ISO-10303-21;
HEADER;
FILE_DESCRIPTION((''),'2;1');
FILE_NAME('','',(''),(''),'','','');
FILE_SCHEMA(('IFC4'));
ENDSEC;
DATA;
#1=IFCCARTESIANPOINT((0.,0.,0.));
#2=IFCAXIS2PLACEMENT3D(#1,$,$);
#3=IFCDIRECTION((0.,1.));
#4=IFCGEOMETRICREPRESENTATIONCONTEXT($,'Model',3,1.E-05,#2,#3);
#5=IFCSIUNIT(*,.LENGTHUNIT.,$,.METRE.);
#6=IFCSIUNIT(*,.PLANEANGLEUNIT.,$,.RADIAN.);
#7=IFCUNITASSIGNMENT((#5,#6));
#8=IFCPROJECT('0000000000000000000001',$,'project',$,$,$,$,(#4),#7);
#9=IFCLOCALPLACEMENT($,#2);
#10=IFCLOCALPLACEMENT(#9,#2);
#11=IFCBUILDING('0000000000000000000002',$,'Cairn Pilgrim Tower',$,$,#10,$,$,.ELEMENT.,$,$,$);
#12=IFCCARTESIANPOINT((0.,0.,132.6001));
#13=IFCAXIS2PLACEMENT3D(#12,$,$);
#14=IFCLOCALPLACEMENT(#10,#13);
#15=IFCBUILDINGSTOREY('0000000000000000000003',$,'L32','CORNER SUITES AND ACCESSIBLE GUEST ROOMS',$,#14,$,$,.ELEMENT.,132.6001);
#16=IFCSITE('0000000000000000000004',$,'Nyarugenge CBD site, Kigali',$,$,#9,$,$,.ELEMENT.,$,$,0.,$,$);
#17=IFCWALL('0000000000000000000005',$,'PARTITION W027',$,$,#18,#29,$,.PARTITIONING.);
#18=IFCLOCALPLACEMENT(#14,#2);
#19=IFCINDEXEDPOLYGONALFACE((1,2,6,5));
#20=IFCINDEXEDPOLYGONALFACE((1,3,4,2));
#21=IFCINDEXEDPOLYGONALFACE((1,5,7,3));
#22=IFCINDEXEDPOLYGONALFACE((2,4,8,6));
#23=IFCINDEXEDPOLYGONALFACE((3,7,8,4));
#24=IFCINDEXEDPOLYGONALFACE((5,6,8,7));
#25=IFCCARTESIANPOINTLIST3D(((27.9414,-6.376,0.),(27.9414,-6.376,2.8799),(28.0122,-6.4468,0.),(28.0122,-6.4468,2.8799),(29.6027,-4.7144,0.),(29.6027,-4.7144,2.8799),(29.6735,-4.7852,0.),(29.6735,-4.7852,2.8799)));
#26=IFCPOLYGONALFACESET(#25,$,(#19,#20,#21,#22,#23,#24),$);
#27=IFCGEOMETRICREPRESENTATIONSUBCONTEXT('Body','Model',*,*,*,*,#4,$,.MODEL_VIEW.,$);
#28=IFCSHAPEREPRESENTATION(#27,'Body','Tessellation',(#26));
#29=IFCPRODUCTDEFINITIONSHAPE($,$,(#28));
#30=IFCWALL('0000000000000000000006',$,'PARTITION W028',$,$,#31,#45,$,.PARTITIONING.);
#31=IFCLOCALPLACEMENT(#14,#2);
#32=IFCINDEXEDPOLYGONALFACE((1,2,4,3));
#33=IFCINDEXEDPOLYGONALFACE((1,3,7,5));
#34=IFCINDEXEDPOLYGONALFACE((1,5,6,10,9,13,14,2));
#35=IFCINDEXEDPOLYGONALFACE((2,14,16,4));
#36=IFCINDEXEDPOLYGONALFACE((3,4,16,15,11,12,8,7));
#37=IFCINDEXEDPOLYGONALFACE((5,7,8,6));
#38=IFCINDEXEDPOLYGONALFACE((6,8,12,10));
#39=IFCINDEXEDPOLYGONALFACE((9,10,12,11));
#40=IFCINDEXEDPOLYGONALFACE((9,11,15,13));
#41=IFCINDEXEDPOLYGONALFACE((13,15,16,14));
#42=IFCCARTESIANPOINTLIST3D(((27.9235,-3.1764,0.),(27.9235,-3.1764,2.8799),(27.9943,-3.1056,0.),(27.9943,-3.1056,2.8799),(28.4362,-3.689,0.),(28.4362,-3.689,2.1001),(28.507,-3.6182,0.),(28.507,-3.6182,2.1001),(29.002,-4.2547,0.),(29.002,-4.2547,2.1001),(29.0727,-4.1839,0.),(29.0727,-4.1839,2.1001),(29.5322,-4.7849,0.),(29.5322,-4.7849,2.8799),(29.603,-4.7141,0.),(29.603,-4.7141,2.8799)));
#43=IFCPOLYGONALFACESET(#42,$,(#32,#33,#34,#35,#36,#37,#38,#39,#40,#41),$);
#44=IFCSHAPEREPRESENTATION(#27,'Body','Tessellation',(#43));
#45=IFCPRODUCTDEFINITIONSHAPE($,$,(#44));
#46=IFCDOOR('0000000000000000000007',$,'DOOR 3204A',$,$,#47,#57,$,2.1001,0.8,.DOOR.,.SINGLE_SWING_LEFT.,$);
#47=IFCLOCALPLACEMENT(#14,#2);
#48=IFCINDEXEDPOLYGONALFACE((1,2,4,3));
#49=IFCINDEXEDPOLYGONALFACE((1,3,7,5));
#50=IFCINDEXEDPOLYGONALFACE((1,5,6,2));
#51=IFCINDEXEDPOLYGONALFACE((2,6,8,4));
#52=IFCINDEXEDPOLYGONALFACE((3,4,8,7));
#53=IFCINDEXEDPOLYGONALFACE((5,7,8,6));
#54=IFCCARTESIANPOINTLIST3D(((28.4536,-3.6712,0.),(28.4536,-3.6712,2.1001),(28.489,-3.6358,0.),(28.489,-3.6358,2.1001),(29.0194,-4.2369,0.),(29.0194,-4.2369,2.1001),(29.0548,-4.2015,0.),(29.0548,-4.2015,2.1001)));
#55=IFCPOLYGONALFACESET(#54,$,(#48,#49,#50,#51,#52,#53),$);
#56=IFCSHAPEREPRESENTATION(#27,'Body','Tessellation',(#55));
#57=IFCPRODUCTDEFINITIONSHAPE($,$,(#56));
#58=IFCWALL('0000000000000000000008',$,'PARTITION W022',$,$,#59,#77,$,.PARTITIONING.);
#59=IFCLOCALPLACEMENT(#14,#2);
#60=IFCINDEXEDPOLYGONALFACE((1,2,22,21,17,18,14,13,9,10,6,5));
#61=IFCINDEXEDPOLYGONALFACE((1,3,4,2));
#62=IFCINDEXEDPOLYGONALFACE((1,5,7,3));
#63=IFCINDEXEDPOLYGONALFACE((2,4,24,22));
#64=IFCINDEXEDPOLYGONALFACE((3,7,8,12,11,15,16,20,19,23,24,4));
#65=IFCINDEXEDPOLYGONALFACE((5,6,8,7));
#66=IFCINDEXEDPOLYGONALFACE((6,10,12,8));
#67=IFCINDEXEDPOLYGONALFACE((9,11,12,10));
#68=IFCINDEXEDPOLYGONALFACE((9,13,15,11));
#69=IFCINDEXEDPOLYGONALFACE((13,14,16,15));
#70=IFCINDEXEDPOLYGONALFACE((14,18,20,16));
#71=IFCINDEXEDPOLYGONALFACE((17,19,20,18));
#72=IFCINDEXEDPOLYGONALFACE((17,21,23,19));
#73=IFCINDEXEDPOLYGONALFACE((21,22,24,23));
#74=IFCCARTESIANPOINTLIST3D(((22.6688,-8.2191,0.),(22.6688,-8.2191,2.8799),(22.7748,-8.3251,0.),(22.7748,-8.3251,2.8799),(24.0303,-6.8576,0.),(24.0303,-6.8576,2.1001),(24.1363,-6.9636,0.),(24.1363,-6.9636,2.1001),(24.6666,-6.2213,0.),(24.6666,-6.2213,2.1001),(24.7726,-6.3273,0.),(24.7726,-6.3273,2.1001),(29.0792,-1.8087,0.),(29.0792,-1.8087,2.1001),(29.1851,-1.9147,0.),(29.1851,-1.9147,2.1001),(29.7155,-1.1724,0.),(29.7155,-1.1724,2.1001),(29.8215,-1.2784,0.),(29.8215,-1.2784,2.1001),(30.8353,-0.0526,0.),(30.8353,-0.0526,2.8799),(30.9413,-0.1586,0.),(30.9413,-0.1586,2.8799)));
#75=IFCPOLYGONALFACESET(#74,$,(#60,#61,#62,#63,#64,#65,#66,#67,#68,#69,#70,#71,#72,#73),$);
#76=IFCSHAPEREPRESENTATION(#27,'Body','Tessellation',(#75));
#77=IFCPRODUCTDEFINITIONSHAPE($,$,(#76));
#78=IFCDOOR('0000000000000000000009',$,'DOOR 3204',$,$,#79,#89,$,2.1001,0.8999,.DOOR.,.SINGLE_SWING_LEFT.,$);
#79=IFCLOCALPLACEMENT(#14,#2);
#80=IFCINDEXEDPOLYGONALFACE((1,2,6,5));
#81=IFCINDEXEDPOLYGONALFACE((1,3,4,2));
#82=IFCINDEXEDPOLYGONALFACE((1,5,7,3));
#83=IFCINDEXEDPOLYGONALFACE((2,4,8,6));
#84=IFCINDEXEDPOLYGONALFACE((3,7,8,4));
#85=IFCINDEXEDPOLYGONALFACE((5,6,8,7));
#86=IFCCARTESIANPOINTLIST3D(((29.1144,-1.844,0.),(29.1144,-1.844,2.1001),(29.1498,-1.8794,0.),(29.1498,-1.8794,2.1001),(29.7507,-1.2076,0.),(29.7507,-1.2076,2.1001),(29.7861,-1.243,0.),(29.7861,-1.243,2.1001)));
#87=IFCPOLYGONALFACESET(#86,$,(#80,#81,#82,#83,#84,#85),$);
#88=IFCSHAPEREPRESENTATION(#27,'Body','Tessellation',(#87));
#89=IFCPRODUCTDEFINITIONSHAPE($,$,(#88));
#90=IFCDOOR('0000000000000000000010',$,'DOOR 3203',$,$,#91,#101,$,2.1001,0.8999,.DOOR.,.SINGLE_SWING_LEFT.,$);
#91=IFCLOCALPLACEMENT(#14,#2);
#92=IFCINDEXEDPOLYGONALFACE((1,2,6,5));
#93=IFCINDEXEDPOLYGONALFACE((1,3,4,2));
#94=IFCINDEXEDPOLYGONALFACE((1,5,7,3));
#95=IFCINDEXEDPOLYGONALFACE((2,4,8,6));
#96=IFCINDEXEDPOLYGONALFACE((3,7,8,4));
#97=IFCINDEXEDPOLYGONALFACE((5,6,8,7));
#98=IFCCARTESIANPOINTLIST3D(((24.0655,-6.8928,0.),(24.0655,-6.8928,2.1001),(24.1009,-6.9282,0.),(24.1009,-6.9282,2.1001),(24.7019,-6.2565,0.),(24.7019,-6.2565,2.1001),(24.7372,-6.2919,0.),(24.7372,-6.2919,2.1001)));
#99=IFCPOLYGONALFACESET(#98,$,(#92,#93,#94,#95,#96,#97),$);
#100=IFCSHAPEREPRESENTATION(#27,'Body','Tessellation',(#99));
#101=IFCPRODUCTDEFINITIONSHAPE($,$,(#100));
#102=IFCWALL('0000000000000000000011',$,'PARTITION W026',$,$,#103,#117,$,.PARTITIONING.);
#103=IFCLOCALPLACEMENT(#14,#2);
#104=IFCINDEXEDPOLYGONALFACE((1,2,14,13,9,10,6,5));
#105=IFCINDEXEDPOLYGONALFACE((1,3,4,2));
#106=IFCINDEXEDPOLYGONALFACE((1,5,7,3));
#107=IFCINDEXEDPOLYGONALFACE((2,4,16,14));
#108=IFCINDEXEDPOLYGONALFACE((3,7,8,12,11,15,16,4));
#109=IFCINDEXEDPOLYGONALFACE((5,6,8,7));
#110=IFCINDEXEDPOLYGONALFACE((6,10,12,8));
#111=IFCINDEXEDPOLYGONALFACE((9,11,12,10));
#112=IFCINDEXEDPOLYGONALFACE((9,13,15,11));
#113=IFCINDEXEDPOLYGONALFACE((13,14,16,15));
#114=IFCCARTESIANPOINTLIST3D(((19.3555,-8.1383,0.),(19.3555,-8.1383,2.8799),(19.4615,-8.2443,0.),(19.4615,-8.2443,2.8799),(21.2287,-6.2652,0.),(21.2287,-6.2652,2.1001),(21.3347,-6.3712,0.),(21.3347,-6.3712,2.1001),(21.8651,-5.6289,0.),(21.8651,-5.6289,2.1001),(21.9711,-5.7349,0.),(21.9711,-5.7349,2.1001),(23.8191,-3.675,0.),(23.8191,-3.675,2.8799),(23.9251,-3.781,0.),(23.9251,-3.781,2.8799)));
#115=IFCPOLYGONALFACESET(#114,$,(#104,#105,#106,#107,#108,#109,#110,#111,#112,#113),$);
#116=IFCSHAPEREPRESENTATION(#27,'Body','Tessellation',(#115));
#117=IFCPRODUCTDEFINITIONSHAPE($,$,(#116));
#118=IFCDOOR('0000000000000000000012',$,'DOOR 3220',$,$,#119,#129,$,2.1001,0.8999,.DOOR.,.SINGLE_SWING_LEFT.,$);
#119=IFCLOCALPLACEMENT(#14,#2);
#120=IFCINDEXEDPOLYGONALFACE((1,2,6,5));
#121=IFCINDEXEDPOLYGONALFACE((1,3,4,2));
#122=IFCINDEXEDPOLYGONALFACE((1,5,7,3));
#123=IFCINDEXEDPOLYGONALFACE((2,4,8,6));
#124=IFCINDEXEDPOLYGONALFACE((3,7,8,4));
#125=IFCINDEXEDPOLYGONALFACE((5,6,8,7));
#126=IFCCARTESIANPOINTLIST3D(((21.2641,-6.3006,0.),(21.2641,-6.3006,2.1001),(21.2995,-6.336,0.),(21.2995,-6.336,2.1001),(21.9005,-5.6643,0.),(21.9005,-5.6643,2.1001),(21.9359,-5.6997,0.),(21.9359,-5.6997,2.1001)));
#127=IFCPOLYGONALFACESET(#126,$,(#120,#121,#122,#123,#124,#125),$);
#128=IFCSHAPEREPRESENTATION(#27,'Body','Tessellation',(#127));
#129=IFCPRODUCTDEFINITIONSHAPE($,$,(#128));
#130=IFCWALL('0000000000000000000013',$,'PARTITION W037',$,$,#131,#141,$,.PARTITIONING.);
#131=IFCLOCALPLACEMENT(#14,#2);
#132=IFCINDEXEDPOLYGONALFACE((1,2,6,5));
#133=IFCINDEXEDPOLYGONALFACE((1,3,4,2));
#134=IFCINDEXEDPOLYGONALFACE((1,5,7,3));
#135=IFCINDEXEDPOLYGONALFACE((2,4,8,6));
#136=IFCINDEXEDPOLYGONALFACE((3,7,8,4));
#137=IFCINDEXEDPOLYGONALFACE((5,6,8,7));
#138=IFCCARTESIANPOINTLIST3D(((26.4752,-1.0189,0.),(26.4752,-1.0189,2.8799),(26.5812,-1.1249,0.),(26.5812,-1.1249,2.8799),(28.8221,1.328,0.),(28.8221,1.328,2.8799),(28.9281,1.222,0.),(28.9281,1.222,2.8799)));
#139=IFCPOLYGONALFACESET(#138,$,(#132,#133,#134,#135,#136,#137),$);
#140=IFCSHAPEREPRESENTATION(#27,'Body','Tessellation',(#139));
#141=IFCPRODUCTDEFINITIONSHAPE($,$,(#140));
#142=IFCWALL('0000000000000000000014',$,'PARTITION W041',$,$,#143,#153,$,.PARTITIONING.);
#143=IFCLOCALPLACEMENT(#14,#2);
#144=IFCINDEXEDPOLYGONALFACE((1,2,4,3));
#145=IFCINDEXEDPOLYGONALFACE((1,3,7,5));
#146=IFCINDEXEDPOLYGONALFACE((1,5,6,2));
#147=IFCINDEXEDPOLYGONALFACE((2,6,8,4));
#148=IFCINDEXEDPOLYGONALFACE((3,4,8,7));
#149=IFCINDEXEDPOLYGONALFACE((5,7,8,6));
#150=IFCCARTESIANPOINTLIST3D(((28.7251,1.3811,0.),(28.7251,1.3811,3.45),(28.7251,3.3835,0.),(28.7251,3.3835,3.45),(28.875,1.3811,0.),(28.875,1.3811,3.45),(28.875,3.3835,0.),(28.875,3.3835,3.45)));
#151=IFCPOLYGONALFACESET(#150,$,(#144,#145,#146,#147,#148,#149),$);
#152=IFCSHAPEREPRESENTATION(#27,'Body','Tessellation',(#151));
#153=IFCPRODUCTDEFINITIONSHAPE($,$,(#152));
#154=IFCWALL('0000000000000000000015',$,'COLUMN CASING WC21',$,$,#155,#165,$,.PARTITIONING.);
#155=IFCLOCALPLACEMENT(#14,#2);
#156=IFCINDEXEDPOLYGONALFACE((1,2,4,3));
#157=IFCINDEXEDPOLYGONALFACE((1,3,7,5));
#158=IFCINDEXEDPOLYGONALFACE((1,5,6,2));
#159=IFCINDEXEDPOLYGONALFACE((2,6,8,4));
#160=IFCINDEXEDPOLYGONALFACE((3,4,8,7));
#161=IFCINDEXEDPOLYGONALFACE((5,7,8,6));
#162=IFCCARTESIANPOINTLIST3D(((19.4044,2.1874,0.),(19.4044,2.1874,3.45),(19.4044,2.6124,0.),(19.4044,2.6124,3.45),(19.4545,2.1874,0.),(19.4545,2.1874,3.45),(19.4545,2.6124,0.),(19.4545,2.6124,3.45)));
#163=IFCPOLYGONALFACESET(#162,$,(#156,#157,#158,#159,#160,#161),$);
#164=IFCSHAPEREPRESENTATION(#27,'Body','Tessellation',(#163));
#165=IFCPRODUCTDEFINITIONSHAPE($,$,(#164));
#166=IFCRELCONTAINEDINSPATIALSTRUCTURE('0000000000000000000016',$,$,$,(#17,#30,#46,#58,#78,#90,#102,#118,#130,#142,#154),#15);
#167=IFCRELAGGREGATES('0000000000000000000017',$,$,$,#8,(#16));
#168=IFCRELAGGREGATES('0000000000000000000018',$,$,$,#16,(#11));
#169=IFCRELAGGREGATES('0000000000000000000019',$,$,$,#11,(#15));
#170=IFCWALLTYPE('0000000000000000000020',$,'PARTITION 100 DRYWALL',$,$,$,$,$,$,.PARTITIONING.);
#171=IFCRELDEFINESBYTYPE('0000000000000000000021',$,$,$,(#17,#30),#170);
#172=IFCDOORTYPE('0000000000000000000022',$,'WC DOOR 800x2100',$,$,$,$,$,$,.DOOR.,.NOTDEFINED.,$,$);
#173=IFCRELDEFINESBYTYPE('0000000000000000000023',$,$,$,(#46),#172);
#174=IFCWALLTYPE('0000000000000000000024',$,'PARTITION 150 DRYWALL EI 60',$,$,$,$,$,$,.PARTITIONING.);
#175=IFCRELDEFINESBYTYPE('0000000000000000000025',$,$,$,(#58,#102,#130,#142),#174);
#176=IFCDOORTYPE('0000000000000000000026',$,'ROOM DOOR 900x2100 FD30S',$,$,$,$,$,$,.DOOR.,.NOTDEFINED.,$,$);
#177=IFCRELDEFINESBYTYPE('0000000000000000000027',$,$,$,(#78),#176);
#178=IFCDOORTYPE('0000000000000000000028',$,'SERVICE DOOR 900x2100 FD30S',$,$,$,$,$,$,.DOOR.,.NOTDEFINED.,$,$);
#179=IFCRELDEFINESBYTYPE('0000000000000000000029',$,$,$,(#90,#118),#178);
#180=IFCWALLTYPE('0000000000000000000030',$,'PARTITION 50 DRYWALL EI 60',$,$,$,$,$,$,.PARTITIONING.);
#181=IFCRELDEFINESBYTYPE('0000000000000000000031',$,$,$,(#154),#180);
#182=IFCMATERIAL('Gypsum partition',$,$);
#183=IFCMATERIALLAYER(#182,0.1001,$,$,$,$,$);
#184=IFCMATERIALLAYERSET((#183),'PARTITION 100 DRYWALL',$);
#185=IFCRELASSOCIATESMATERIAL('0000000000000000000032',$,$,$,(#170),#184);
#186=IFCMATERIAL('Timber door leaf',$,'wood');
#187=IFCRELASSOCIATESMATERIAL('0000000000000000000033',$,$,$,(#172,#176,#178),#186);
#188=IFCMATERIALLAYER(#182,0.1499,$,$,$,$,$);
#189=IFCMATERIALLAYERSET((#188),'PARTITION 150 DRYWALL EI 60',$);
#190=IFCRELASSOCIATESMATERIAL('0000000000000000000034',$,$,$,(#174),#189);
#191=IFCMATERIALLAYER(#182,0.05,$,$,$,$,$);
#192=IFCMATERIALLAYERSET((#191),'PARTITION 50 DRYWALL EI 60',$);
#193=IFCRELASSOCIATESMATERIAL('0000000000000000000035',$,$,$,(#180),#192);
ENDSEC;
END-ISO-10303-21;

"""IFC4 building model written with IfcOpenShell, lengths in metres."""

from ifc_helpers import new_model, si_unit, direction, frame, frame_2d, origin, place, context, subcontext, project, spatial, rectangle, extrude, material, layer, layer_set, type_object, element, fill, save


model = new_model("IFC4")

# Units and contexts
model_context = context("Model", 3, precision=1e-05, world=origin(), true_north=direction((0.0, 1.0)))
body_context = subcontext(model_context, "Body", "Model", "MODEL_VIEW")
ifc_project = project(units=[si_unit("LENGTHUNIT", "METRE"), si_unit("PLANEANGLEUNIT", "RADIAN")], contexts=[model_context])

# Site, building, storey
site_placement = place(None, origin())
site = spatial("IfcSite", under=ifc_project, at=site_placement, Name="Nyarugenge CBD site, Kigali", CompositionType="ELEMENT", RefElevation=0.0)
building_placement = place(site_placement, origin())
building = spatial("IfcBuilding", under=site, at=building_placement, Name="Cairn Pilgrim Tower", CompositionType="ELEMENT")
storey_placement = place(building_placement, frame((0.0, 0.0, 132.6001)))
storey = spatial("IfcBuildingStorey", under=building, at=storey_placement, Name="L32", Description="CORNER SUITES AND ACCESSIBLE GUEST ROOMS", CompositionType="ELEMENT", Elevation=132.6001)

# Wall
ifc_material_1 = material(Name="Gypsum partition")
ifc_layer_1 = layer(ifc_material_1, 0.1001)
ifc_layer_set_1 = layer_set([ifc_layer_1], Name="PARTITION 100 DRYWALL")
wall_type_1 = type_object("IfcWallType", Name="PARTITION 100 DRYWALL", PredefinedType="PARTITIONING", material=ifc_layer_set_1)
wall_1_placement = place(storey_placement, frame((27.9768, -6.4114, 0.0), z_axis=(0.0, 0.0, 1.0), x_axis=(0.707055, 0.707159, 0.0)))
element("IfcWall", 1, at=wall_1_placement, inside=storey, type_object=wall_type_1, Name="PARTITION W027", PredefinedType="PARTITIONING", context=body_context, shape_type="SweptSolid", body=[
    extrude(rectangle(XDim=2.3496, YDim=0.1001, at=frame_2d((1.1748, 0.0))), origin(), (0.0, 0.0, 1.0), 2.8799),
])

# Wall, opening, door
wall_2_placement = place(storey_placement, frame((29.5676, -4.7495, 0.0), z_axis=(0.0, 0.0, 1.0), x_axis=(-0.70716, 0.707053, 0.0)))
wall_2 = element("IfcWall", 2, at=wall_2_placement, inside=storey, type_object=wall_type_1, Name="PARTITION W028", PredefinedType="PARTITIONING", context=body_context, shape_type="SweptSolid", body=[
    extrude(rectangle(XDim=2.2749, YDim=0.1001, at=frame_2d((1.1375, 0.0))), origin(), (0.0, 0.0, 1.0), 2.8799),
])
opening_1_placement = place(wall_2_placement, frame((0.75, 0.0, 0.0)))
opening_1 = element("IfcOpeningElement", 3, at=opening_1_placement, cuts=wall_2, PredefinedType="OPENING", context=body_context, shape_type="SweptSolid", body=[
    extrude(rectangle(XDim=0.8, YDim=2.1001, at=frame_2d((0.3999, 1.05))), frame((0.0, 0.0601, 0.0), z_axis=(0.0, -1.0, 0.0), x_axis=(1.0, 0.0, 0.0)), (0.0, 0.0, 1.0), 0.1201),
])
ifc_material_2 = material(Name="Timber door leaf", Category="wood")
door_type_1 = type_object("IfcDoorType", Name="WC DOOR 800x2100", OperationType="NOTDEFINED", PredefinedType="DOOR", material=ifc_material_2)
door_1_placement = place(opening_1_placement, frame((0.8, 0.0, 0.0), z_axis=(0.0, 0.0, 1.0), x_axis=(-1.0, 0.0, 0.0)))
door_1 = element("IfcDoor", 4, at=door_1_placement, inside=storey, type_object=door_type_1, Name="DOOR 3204A", OperationType="SINGLE_SWING_LEFT", OverallHeight=2.1001, OverallWidth=0.8, PredefinedType="DOOR", context=body_context, shape_type="SweptSolid", body=[
    extrude(rectangle(XDim=0.8, YDim=2.1001, at=frame_2d((0.3999, 1.05))), frame((0.0, 0.0249, 0.0), z_axis=(0.0, -1.0, 0.0), x_axis=(1.0, 0.0, 0.0)), (0.0, 0.0, 1.0), 0.05),
])
fill(opening_1, door_1)

# Wall, openings, doors
ifc_layer_2 = layer(ifc_material_1, 0.1499)
ifc_layer_set_2 = layer_set([ifc_layer_2], Name="PARTITION 150 DRYWALL EI 60")
wall_type_2 = type_object("IfcWallType", Name="PARTITION 150 DRYWALL EI 60", PredefinedType="PARTITIONING", material=ifc_layer_set_2)
wall_3_placement = place(storey_placement, frame((22.7219, -8.272, 0.0), z_axis=(0.0, 0.0, 1.0), x_axis=(0.707107, 0.707107, 0.0)))
wall_3 = element("IfcWall", 5, at=wall_3_placement, inside=storey, type_object=wall_type_2, Name="PARTITION W022", PredefinedType="PARTITIONING", context=body_context, shape_type="SweptSolid", body=[
    extrude(rectangle(XDim=11.5491, YDim=0.1499, at=frame_2d((5.7744, 0.0))), origin(), (0.0, 0.0, 1.0), 2.8799),
])
opening_2_placement = place(wall_3_placement, frame((1.9253, 0.0, 0.0)))
opening_2 = element("IfcOpeningElement", 6, at=opening_2_placement, cuts=wall_3, PredefinedType="OPENING", context=body_context, shape_type="SweptSolid", body=[
    extrude(rectangle(XDim=0.8999, YDim=2.1001, at=frame_2d((0.45, 1.05))), frame((0.0, 0.085, 0.0), z_axis=(0.0, -1.0, 0.0), x_axis=(1.0, 0.0, 0.0)), (0.0, 0.0, 1.0), 0.1699),
])
opening_3_placement = place(wall_3_placement, frame((9.0654, 0.0, 0.0)))
opening_3 = element("IfcOpeningElement", 7, at=opening_3_placement, cuts=wall_3, PredefinedType="OPENING", context=body_context, shape_type="SweptSolid", body=[
    extrude(rectangle(XDim=0.8999, YDim=2.1001, at=frame_2d((0.45, 1.05))), frame((0.0, 0.085, 0.0), z_axis=(0.0, -1.0, 0.0), x_axis=(1.0, 0.0, 0.0)), (0.0, 0.0, 1.0), 0.1699),
])
door_type_2 = type_object("IfcDoorType", Name="ROOM DOOR 900x2100 FD30S", OperationType="NOTDEFINED", PredefinedType="DOOR", material=ifc_material_2)
door_2_placement = place(opening_3_placement, frame((0.8999, 0.0, 0.0), z_axis=(0.0, 0.0, 1.0), x_axis=(-1.0, 0.0, 0.0)))
door_2 = element("IfcDoor", 8, at=door_2_placement, inside=storey, type_object=door_type_2, Name="DOOR 3204", OperationType="SINGLE_SWING_LEFT", OverallHeight=2.1001, OverallWidth=0.8999, PredefinedType="DOOR", context=body_context, shape_type="SweptSolid", body=[
    extrude(rectangle(XDim=0.8999, YDim=2.1001, at=frame_2d((0.45, 1.05))), frame((0.0, 0.0249, 0.0), z_axis=(0.0, -1.0, 0.0), x_axis=(1.0, 0.0, 0.0)), (0.0, 0.0, 1.0), 0.05),
])
fill(opening_3, door_2)
door_type_3 = type_object("IfcDoorType", Name="SERVICE DOOR 900x2100 FD30S", OperationType="NOTDEFINED", PredefinedType="DOOR", material=ifc_material_2)
door_3_placement = place(opening_2_placement, frame((0.8999, 0.0, 0.0), z_axis=(0.0, 0.0, 1.0), x_axis=(-1.0, 0.0, 0.0)))
door_3 = element("IfcDoor", 9, at=door_3_placement, inside=storey, type_object=door_type_3, Name="DOOR 3203", OperationType="SINGLE_SWING_LEFT", OverallHeight=2.1001, OverallWidth=0.8999, PredefinedType="DOOR", context=body_context, shape_type="SweptSolid", body=[
    extrude(rectangle(XDim=0.8999, YDim=2.1001, at=frame_2d((0.45, 1.05))), frame((0.0, 0.0249, 0.0), z_axis=(0.0, -1.0, 0.0), x_axis=(1.0, 0.0, 0.0)), (0.0, 0.0, 1.0), 0.05),
])
fill(opening_2, door_3)

# Wall, opening, door
wall_4_placement = place(storey_placement, frame((19.4084, -8.1914, 0.0), z_axis=(0.0, 0.0, 1.0), x_axis=(0.707126, 0.707087, 0.0)))
wall_4 = element("IfcWall", 10, at=wall_4_placement, inside=storey, type_object=wall_type_2, Name="PARTITION W026", PredefinedType="PARTITIONING", context=body_context, shape_type="SweptSolid", body=[
    extrude(rectangle(XDim=6.3123, YDim=0.1499, at=frame_2d((3.1562, 0.0))), origin(), (0.0, 0.0, 1.0), 2.8799),
])
opening_4_placement = place(wall_4_placement, frame((2.6492, 0.0, 0.0)))
opening_4 = element("IfcOpeningElement", 11, at=opening_4_placement, cuts=wall_4, PredefinedType="OPENING", context=body_context, shape_type="SweptSolid", body=[
    extrude(rectangle(XDim=0.8999, YDim=2.1001, at=frame_2d((0.45, 1.05))), frame((0.0, 0.085, 0.0), z_axis=(0.0, -1.0, 0.0), x_axis=(1.0, 0.0, 0.0)), (0.0, 0.0, 1.0), 0.1699),
])
door_4_placement = place(opening_4_placement, origin())
door_4 = element("IfcDoor", 12, at=door_4_placement, inside=storey, type_object=door_type_3, Name="DOOR 3220", OperationType="SINGLE_SWING_LEFT", OverallHeight=2.1001, OverallWidth=0.8999, PredefinedType="DOOR", context=body_context, shape_type="SweptSolid", body=[
    extrude(rectangle(XDim=0.8999, YDim=2.1001, at=frame_2d((0.45, 1.05))), frame((0.0, 0.0249, 0.0), z_axis=(0.0, -1.0, 0.0), x_axis=(1.0, 0.0, 0.0)), (0.0, 0.0, 1.0), 0.05),
])
fill(opening_4, door_4)

# Walls
wall_5_placement = place(storey_placement, frame((26.5281, -1.072, 0.0), z_axis=(0.0, 0.0, 1.0), x_axis=(0.707107, 0.707107, 0.0)))
element("IfcWall", 13, at=wall_5_placement, inside=storey, type_object=wall_type_2, Name="PARTITION W037", PredefinedType="PARTITIONING", context=body_context, shape_type="SweptSolid", body=[
    extrude(rectangle(XDim=3.3191, YDim=0.1499, at=frame_2d((1.6597, 0.0))), origin(), (0.0, 0.0, 1.0), 2.8799),
])
wall_6_placement = place(storey_placement, frame((28.8, 1.3811, 0.0), z_axis=(0.0, 0.0, 1.0), x_axis=(0.0, 1.0, 0.0)))
element("IfcWall", 14, at=wall_6_placement, inside=storey, type_object=wall_type_2, Name="PARTITION W041", PredefinedType="PARTITIONING", context=body_context, shape_type="SweptSolid", body=[
    extrude(rectangle(XDim=2.0024, YDim=0.1499, at=frame_2d((1.0012, 0.0))), origin(), (0.0, 0.0, 1.0), 3.45),
])
ifc_layer_3 = layer(ifc_material_1, 0.05)
ifc_layer_set_3 = layer_set([ifc_layer_3], Name="PARTITION 50 DRYWALL EI 60")
wall_type_3 = type_object("IfcWallType", Name="PARTITION 50 DRYWALL EI 60", PredefinedType="PARTITIONING", material=ifc_layer_set_3)
wall_7_placement = place(storey_placement, frame((19.4294, 2.1875, 0.0), z_axis=(0.0, 0.0, 1.0), x_axis=(0.0, 1.0, 0.0)))
element("IfcWall", 15, at=wall_7_placement, inside=storey, type_object=wall_type_3, Name="COLUMN CASING WC21", PredefinedType="PARTITIONING", context=body_context, shape_type="SweptSolid", body=[
    extrude(rectangle(XDim=0.425, YDim=0.05, at=frame_2d((0.2124, 0.0))), origin(), (0.0, 0.0, 1.0), 3.45),
])

save(model, "model.ifc")
